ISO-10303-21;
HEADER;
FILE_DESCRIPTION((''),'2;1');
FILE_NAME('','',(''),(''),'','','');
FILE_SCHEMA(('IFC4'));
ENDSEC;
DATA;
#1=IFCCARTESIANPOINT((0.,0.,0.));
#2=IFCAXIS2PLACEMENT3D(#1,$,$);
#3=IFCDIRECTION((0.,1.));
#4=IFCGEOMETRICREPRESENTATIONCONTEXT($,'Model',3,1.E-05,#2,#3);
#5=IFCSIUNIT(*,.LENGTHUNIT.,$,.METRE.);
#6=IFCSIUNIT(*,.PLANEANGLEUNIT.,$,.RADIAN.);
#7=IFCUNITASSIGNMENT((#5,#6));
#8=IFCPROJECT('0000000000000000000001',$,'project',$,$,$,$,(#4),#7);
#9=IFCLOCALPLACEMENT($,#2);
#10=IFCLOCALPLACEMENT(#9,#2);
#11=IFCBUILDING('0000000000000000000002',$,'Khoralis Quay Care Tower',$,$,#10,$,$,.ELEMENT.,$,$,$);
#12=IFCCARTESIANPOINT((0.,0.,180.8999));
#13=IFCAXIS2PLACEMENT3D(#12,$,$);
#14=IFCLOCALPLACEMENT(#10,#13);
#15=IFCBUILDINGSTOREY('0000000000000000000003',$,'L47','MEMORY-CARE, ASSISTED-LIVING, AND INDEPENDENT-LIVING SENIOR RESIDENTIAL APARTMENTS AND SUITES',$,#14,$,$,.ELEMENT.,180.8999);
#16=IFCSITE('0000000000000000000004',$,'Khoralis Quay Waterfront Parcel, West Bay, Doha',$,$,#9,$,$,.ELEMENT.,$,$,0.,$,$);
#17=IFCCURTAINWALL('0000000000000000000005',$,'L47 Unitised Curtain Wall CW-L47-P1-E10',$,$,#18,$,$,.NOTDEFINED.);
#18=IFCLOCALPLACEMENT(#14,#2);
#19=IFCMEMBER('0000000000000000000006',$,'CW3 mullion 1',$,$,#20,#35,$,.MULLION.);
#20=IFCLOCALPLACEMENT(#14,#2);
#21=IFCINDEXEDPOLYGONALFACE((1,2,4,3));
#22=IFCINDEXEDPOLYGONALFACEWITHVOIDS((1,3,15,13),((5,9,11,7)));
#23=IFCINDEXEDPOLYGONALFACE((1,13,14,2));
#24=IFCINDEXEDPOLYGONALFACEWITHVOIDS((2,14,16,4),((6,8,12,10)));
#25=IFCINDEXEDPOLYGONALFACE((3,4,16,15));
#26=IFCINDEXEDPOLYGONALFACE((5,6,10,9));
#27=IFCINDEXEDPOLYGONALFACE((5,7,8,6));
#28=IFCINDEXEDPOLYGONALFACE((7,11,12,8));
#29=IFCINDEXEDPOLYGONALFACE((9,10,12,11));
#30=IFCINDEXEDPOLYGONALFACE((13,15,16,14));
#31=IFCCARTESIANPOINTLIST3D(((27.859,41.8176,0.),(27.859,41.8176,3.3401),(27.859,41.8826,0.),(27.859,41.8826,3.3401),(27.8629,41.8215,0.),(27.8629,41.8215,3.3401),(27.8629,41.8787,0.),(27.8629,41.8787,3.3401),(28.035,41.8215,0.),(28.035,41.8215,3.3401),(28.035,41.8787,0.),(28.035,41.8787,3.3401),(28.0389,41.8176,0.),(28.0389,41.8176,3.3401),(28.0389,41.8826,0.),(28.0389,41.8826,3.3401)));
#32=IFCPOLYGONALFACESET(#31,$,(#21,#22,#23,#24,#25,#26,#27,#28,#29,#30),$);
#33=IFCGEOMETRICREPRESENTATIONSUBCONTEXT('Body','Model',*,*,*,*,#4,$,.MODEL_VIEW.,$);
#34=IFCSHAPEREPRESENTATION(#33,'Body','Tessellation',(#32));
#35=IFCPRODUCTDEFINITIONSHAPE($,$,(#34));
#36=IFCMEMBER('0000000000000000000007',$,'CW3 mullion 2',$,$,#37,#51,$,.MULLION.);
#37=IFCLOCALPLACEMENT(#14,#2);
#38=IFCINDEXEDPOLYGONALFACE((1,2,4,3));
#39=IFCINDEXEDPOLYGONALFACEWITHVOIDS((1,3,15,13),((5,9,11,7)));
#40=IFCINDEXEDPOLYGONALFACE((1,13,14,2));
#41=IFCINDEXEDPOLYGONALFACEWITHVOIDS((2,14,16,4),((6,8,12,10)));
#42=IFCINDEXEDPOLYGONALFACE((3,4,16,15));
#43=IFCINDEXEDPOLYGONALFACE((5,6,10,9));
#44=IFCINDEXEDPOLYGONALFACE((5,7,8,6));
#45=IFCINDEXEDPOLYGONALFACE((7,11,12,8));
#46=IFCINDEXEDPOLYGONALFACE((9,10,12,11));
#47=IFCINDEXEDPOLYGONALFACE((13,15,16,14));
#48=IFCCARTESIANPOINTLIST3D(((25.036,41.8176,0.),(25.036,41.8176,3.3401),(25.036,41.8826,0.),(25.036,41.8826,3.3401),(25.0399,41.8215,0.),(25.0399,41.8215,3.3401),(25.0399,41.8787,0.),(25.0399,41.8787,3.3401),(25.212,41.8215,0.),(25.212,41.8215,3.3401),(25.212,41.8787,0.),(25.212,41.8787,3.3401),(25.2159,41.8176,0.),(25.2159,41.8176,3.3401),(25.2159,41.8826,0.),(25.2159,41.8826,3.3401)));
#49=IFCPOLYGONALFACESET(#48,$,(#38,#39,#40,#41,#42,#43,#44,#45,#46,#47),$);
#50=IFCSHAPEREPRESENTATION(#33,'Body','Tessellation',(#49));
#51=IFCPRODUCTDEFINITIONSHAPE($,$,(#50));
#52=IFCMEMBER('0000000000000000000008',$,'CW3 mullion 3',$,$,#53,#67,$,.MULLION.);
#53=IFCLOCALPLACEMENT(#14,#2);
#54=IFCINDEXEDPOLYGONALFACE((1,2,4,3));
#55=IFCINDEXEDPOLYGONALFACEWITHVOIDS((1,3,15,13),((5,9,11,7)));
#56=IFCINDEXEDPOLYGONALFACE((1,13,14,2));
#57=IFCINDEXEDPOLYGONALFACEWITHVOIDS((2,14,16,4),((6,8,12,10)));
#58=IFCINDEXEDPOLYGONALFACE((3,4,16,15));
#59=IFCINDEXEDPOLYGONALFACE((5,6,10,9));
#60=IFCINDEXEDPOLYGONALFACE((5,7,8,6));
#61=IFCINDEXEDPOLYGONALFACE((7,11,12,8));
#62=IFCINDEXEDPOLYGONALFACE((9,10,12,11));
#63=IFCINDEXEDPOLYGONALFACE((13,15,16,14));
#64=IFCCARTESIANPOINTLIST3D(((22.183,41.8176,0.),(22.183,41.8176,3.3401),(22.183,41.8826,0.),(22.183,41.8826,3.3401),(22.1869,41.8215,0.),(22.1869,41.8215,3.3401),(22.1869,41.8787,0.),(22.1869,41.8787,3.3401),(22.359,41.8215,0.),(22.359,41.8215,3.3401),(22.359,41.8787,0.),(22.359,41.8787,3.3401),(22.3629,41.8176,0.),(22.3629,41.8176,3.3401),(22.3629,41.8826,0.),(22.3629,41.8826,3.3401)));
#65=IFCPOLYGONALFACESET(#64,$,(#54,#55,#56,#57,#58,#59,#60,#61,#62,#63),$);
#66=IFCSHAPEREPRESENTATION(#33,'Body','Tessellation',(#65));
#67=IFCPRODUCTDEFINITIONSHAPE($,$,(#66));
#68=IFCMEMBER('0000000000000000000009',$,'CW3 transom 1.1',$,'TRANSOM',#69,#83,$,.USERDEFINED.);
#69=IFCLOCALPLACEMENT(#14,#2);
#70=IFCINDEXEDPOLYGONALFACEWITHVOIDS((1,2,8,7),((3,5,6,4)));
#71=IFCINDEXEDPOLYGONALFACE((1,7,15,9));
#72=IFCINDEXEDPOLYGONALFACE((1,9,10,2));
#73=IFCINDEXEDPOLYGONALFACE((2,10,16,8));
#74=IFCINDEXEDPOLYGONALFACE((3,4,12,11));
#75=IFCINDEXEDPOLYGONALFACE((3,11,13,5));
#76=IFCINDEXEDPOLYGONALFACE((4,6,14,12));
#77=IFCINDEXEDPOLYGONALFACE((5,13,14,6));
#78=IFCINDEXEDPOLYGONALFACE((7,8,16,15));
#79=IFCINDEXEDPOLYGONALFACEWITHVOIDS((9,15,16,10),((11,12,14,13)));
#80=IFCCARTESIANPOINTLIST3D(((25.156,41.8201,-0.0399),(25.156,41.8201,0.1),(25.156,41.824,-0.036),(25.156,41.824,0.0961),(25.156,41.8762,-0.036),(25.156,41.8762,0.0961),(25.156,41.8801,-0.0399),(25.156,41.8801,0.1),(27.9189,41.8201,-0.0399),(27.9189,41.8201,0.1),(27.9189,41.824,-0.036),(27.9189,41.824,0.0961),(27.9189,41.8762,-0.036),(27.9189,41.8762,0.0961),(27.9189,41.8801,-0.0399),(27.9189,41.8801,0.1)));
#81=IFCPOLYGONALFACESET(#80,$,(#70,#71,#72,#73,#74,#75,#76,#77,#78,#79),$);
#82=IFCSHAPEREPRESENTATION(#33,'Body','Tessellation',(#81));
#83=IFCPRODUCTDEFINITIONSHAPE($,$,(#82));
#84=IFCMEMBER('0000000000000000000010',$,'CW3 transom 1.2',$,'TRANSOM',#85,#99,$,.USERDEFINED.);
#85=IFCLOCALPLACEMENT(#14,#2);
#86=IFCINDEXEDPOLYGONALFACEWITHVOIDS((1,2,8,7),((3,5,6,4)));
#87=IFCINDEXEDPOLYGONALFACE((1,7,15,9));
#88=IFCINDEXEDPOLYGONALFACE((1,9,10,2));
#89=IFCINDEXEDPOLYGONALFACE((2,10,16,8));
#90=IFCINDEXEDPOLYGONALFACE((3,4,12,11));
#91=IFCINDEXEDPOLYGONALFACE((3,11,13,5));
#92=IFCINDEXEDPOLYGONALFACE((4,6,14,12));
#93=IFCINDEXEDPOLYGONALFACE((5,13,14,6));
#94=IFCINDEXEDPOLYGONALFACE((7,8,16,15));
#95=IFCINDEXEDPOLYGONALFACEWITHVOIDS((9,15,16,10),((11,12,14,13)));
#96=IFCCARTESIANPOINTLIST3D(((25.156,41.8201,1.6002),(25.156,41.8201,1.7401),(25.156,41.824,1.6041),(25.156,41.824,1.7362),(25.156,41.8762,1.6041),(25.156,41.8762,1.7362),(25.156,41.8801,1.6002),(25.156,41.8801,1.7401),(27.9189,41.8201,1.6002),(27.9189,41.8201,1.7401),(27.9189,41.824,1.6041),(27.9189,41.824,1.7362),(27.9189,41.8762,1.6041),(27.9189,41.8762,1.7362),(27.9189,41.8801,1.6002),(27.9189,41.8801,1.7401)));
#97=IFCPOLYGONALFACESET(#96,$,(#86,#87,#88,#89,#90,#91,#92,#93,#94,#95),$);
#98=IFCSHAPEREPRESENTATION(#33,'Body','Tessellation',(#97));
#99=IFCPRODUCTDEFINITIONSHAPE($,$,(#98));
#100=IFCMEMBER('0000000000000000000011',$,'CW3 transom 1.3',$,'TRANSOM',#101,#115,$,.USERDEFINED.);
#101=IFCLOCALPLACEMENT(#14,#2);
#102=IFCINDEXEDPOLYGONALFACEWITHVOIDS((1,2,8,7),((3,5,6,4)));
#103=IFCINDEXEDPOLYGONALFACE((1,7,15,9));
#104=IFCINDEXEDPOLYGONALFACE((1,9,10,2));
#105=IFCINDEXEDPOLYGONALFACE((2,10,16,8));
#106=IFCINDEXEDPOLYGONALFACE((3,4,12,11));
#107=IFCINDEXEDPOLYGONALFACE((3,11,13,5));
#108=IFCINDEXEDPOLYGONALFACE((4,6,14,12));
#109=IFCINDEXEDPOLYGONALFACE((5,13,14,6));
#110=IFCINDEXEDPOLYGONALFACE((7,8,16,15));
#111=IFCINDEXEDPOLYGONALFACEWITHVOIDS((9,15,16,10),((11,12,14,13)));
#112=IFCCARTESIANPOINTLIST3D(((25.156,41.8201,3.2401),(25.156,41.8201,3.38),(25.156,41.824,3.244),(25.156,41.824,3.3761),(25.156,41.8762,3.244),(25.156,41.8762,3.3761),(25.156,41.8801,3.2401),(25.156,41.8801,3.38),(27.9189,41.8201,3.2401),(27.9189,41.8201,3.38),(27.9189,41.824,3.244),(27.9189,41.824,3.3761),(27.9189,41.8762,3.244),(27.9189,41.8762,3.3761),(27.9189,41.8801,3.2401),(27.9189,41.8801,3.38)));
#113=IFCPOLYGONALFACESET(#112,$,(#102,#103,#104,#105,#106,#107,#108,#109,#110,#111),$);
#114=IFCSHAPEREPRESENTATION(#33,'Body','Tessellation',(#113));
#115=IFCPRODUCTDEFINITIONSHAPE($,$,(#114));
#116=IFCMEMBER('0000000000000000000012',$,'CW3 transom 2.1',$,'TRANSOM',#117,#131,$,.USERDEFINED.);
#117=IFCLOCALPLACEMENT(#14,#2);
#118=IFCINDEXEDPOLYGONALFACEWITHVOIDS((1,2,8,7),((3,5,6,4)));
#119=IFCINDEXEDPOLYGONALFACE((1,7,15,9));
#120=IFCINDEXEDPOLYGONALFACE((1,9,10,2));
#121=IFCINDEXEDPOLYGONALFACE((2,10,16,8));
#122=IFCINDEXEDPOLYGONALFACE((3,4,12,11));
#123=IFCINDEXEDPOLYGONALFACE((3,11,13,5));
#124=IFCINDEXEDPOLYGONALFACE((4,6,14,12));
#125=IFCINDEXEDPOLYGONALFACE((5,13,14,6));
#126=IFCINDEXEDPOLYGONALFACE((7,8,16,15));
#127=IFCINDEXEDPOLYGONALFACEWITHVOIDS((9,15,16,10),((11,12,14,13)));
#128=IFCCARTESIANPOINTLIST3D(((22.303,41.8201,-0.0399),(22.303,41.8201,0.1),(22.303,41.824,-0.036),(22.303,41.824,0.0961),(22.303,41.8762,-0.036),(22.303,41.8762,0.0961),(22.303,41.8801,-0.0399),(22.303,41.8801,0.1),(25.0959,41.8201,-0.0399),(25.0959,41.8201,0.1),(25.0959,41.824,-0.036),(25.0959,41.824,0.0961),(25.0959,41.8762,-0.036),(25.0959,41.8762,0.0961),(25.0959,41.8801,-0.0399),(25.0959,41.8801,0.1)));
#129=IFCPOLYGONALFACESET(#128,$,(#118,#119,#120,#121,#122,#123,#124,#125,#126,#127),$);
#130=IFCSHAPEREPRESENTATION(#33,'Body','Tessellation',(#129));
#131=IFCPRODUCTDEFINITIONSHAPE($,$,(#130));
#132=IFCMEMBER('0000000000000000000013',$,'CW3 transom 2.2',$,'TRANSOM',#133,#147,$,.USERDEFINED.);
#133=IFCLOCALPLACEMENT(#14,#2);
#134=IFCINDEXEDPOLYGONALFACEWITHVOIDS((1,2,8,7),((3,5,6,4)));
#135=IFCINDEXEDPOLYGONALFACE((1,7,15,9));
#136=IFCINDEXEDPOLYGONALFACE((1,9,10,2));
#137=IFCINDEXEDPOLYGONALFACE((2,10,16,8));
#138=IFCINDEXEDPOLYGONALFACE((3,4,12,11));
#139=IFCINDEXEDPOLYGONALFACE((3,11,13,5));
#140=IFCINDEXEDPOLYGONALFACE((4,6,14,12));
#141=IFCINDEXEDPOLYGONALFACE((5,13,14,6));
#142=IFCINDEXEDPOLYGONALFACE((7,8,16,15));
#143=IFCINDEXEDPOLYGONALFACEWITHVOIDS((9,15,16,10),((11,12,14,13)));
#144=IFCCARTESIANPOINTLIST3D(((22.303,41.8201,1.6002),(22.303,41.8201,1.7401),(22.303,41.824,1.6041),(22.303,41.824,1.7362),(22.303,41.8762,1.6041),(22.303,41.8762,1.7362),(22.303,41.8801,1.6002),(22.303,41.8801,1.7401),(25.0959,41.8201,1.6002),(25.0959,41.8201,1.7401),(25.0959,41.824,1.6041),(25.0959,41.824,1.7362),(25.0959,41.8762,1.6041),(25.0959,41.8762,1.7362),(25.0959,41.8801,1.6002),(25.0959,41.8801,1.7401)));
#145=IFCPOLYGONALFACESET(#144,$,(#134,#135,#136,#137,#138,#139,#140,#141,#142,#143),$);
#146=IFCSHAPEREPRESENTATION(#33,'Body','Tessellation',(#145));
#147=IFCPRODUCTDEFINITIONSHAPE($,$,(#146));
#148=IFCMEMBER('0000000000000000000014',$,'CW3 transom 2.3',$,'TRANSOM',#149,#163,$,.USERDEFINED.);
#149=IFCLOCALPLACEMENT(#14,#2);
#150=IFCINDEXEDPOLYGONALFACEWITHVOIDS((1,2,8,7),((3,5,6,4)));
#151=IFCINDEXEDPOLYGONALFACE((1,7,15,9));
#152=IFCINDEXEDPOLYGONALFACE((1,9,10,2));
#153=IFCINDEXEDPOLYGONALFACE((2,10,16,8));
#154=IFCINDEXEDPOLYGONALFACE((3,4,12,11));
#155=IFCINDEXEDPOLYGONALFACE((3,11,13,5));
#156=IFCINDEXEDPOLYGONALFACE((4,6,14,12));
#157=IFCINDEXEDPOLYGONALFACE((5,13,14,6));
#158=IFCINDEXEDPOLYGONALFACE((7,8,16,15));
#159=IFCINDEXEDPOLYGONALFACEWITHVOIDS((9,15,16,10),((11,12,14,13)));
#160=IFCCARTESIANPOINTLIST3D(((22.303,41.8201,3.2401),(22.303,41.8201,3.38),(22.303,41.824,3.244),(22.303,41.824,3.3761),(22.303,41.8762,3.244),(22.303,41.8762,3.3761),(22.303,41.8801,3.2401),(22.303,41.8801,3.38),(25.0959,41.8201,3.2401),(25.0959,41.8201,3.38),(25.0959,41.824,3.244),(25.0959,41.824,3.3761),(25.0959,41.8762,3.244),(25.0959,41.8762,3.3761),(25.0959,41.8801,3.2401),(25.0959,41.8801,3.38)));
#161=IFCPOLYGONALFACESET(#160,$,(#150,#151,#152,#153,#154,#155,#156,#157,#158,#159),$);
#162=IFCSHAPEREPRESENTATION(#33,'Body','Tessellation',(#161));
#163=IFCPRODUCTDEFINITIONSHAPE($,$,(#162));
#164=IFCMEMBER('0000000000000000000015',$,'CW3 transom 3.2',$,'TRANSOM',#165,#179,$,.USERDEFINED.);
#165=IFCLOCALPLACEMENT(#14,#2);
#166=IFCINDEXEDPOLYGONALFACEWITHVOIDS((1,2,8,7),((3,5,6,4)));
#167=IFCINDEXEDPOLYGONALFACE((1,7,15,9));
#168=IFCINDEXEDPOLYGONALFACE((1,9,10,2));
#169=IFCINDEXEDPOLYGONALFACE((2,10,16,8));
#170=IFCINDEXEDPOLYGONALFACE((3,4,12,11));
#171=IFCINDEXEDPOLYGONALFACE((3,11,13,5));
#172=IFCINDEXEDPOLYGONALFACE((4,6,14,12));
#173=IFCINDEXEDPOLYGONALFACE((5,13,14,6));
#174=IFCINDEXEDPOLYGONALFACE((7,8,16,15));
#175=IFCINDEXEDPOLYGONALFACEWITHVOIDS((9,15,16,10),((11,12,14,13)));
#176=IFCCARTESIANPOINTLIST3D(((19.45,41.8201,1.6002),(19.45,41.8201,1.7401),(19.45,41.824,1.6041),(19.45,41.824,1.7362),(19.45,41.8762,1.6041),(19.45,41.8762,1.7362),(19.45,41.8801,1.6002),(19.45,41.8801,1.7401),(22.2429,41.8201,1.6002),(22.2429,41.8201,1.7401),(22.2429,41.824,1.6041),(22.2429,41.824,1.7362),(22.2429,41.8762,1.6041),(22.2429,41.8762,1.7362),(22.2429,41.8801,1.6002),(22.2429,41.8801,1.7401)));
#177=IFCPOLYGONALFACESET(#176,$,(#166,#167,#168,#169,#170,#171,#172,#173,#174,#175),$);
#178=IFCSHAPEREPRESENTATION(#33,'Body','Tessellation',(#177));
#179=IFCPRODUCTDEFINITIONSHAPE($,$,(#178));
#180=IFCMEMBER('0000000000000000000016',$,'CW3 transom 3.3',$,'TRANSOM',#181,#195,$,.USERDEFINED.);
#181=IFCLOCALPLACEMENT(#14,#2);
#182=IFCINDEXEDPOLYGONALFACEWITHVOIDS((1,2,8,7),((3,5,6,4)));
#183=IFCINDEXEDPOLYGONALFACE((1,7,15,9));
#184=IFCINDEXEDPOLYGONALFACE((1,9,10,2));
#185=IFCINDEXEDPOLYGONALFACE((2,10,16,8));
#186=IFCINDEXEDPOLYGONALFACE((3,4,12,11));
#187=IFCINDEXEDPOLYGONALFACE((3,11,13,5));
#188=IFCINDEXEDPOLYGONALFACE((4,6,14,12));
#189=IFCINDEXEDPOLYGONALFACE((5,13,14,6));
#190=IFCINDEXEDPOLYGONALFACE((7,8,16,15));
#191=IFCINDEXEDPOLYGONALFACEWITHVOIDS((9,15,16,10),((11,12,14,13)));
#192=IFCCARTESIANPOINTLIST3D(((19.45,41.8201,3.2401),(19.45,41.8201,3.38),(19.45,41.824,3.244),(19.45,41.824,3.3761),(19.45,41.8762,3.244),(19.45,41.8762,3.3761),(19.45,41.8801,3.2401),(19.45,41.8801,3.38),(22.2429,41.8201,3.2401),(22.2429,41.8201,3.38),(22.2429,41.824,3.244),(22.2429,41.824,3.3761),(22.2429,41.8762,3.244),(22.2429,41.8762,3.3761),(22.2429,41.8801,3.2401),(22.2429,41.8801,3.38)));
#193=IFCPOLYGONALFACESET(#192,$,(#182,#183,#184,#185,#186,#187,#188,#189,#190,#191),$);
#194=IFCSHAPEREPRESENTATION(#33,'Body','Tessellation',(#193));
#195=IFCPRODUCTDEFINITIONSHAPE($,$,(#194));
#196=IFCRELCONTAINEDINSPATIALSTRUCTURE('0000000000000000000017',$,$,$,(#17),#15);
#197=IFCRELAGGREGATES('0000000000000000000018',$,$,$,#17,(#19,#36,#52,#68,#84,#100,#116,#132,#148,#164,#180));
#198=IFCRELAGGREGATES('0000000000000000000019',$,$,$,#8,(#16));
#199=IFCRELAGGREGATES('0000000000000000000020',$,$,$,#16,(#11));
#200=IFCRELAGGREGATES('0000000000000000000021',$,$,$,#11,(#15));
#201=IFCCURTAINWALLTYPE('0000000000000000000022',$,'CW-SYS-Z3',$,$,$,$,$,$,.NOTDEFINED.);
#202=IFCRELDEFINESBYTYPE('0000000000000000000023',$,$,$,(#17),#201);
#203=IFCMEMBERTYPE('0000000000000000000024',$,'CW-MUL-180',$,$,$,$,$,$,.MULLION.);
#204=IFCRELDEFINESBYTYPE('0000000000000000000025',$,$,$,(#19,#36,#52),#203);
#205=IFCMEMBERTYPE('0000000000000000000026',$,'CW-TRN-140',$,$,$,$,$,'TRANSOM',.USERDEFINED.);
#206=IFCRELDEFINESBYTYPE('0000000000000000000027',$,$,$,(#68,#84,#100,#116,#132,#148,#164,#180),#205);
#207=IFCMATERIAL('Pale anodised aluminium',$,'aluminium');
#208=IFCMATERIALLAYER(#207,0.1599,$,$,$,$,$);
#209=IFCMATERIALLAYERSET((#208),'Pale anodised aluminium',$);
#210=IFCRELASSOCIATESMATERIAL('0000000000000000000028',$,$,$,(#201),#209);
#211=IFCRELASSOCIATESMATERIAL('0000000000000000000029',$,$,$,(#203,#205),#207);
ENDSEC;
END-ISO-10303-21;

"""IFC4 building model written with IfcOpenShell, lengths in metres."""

from ifc_helpers import new_model, si_unit, direction, frame, origin, origin_2d, place, context, subcontext, project, spatial, hollow_rectangle, extrude, source, transform, mapped, material, layer, layer_set, material_profile, profile_set, type_object, element, aggregate, save


model = new_model("IFC4")

# Units and contexts
model_context = context("Model", 3, precision=1e-05, world=origin(), true_north=direction((0.0, 1.0)))
body_context = subcontext(model_context, "Body", "Model", "MODEL_VIEW")
ifc_project = project(units=[si_unit("LENGTHUNIT", "METRE"), si_unit("PLANEANGLEUNIT", "RADIAN")], contexts=[model_context])

# Site, building, storey
site_placement = place(None, origin())
site = spatial("IfcSite", under=ifc_project, at=site_placement, Name="Khoralis Quay Waterfront Parcel, West Bay, Doha", CompositionType="ELEMENT", RefElevation=0.0)
building_placement = place(site_placement, origin())
building = spatial("IfcBuilding", under=site, at=building_placement, Name="Khoralis Quay Care Tower", CompositionType="ELEMENT")
storey_placement = place(building_placement, frame((0.0, 0.0, 180.8999)))
storey = spatial("IfcBuildingStorey", under=building, at=storey_placement, Name="L47", Description="MEMORY-CARE, ASSISTED-LIVING, AND INDEPENDENT-LIVING SENIOR RESIDENTIAL APARTMENTS AND SUITES", CompositionType="ELEMENT", Elevation=180.8999)

# Curtain wall, members
ifc_material_1 = material(Name="Pale anodised aluminium", Category="aluminium")
ifc_layer_1 = layer(ifc_material_1, 0.1599)
ifc_layer_set_1 = layer_set([ifc_layer_1], Name="Pale anodised aluminium")
curtain_wall_type = type_object("IfcCurtainWallType", Name="CW-SYS-Z3", PredefinedType="NOTDEFINED", material=ifc_layer_set_1)
curtain_wall_placement = place(storey_placement, origin())
curtain_wall = element("IfcCurtainWall", 1, at=curtain_wall_placement, inside=storey, type_object=curtain_wall_type, Name="L47 Unitised Curtain Wall CW-L47-P1-E10", PredefinedType="NOTDEFINED")
ifc_material_profile_1 = material_profile(ifc_material_1, hollow_rectangle(XDim=0.0649, YDim=0.1799, WallThickness=0.0039, at=origin_2d()), Name="Pale anodised aluminium")
ifc_profile_set_1 = profile_set([ifc_material_profile_1], Name="Pale anodised aluminium")
member_type_1 = type_object("IfcMemberType", Name="CW-MUL-180", PredefinedType="MULLION", material=ifc_profile_set_1)
shared_shape_1 = source(origin(), body_context, "Body", "SweptSolid", [
    extrude(hollow_rectangle(XDim=0.0649, YDim=0.1799, WallThickness=0.0039, at=origin_2d()), origin(), (0.0, 0.0, 1.0), 3.3401),
])
member_1_placement = place(storey_placement, frame((27.949, 41.8501, 0.0), z_axis=(0.0, 0.0, 1.0), x_axis=(0.0, -1.0, 0.0)))
member_1 = element("IfcMember", 2, at=member_1_placement, type_object=member_type_1, Name="CW3 mullion 1", PredefinedType="MULLION", context=body_context, shape_type="MappedRepresentation", body=[
    mapped(shared_shape_1, transform((0.0, 0.0, 0.0), scale=1.0)),
])
member_2_placement = place(storey_placement, frame((25.126, 41.8501, 0.0), z_axis=(0.0, 0.0, 1.0), x_axis=(0.0, -1.0, 0.0)))
member_2 = element("IfcMember", 3, at=member_2_placement, type_object=member_type_1, Name="CW3 mullion 2", PredefinedType="MULLION", context=body_context, shape_type="MappedRepresentation", body=[
    mapped(shared_shape_1, transform((0.0, 0.0, 0.0), scale=1.0)),
])
member_3_placement = place(storey_placement, frame((22.2729, 41.8501, 0.0), z_axis=(0.0, 0.0, 1.0), x_axis=(0.0, -1.0, 0.0)))
member_3 = element("IfcMember", 4, at=member_3_placement, type_object=member_type_1, Name="CW3 mullion 3", PredefinedType="MULLION", context=body_context, shape_type="MappedRepresentation", body=[
    mapped(shared_shape_1, transform((0.0, 0.0, 0.0), scale=1.0)),
])
ifc_material_profile_2 = material_profile(ifc_material_1, hollow_rectangle(XDim=0.0601, YDim=0.1399, WallThickness=0.0039, at=origin_2d()), Name="Pale anodised aluminium")
ifc_profile_set_2 = profile_set([ifc_material_profile_2], Name="Pale anodised aluminium")
member_type_2 = type_object("IfcMemberType", Name="CW-TRN-140", ElementType="TRANSOM", PredefinedType="USERDEFINED", material=ifc_profile_set_2)
shared_shape_2 = source(origin(), body_context, "Body", "SweptSolid", [
    extrude(hollow_rectangle(XDim=0.0601, YDim=0.1399, WallThickness=0.0039, at=origin_2d()), origin(), (0.0, 0.0, 1.0), 2.7629),
])
member_4_placement = place(storey_placement, frame((27.9189, 41.8501, 0.03), z_axis=(-1.0, 0.0, 0.0), x_axis=(0.0, -1.0, 0.0)))
member_4 = element("IfcMember", 5, at=member_4_placement, type_object=member_type_2, Name="CW3 transom 1.1", ObjectType="TRANSOM", PredefinedType="USERDEFINED", context=body_context, shape_type="MappedRepresentation", body=[
    mapped(shared_shape_2, transform((0.0, 0.0, 0.0), scale=1.0)),
])
member_5_placement = place(storey_placement, frame((27.9189, 41.8501, 1.6702), z_axis=(-1.0, 0.0, 0.0), x_axis=(0.0, -1.0, 0.0)))
member_5 = element("IfcMember", 6, at=member_5_placement, type_object=member_type_2, Name="CW3 transom 1.2", ObjectType="TRANSOM", PredefinedType="USERDEFINED", context=body_context, shape_type="MappedRepresentation", body=[
    mapped(shared_shape_2, transform((0.0, 0.0, 0.0), scale=1.0)),
])
member_6_placement = place(storey_placement, frame((27.9189, 41.8501, 3.3101), z_axis=(-1.0, 0.0, 0.0), x_axis=(0.0, -1.0, 0.0)))
member_6 = element("IfcMember", 7, at=member_6_placement, type_object=member_type_2, Name="CW3 transom 1.3", ObjectType="TRANSOM", PredefinedType="USERDEFINED", context=body_context, shape_type="MappedRepresentation", body=[
    mapped(shared_shape_2, transform((0.0, 0.0, 0.0), scale=1.0)),
])
shared_shape_3 = source(origin(), body_context, "Body", "SweptSolid", [
    extrude(hollow_rectangle(XDim=0.0601, YDim=0.1399, WallThickness=0.0039, at=origin_2d()), origin(), (0.0, 0.0, 1.0), 2.793),
])
member_7_placement = place(storey_placement, frame((25.0959, 41.8501, 0.03), z_axis=(-1.0, 0.0, 0.0), x_axis=(0.0, -1.0, 0.0)))
member_7 = element("IfcMember", 8, at=member_7_placement, type_object=member_type_2, Name="CW3 transom 2.1", ObjectType="TRANSOM", PredefinedType="USERDEFINED", context=body_context, shape_type="MappedRepresentation", body=[
    mapped(shared_shape_3, transform((0.0, 0.0, 0.0), scale=1.0)),
])
member_8_placement = place(storey_placement, frame((25.0959, 41.8501, 1.6702), z_axis=(-1.0, 0.0, 0.0), x_axis=(0.0, -1.0, 0.0)))
member_8 = element("IfcMember", 9, at=member_8_placement, type_object=member_type_2, Name="CW3 transom 2.2", ObjectType="TRANSOM", PredefinedType="USERDEFINED", context=body_context, shape_type="MappedRepresentation", body=[
    mapped(shared_shape_3, transform((0.0, 0.0, 0.0), scale=1.0)),
])
member_9_placement = place(storey_placement, frame((25.0959, 41.8501, 3.3101), z_axis=(-1.0, 0.0, 0.0), x_axis=(0.0, -1.0, 0.0)))
member_9 = element("IfcMember", 10, at=member_9_placement, type_object=member_type_2, Name="CW3 transom 2.3", ObjectType="TRANSOM", PredefinedType="USERDEFINED", context=body_context, shape_type="MappedRepresentation", body=[
    mapped(shared_shape_3, transform((0.0, 0.0, 0.0), scale=1.0)),
])
member_10_placement = place(storey_placement, frame((22.2429, 41.8501, 1.6702), z_axis=(-1.0, 0.0, 0.0), x_axis=(0.0, -1.0, 0.0)))
member_10 = element("IfcMember", 11, at=member_10_placement, type_object=member_type_2, Name="CW3 transom 3.2", ObjectType="TRANSOM", PredefinedType="USERDEFINED", context=body_context, shape_type="MappedRepresentation", body=[
    mapped(shared_shape_3, transform((0.0, 0.0, 0.0), scale=1.0)),
])
member_11_placement = place(storey_placement, frame((22.2429, 41.8501, 3.3101), z_axis=(-1.0, 0.0, 0.0), x_axis=(0.0, -1.0, 0.0)))
member_11 = element("IfcMember", 12, at=member_11_placement, type_object=member_type_2, Name="CW3 transom 3.3", ObjectType="TRANSOM", PredefinedType="USERDEFINED", context=body_context, shape_type="MappedRepresentation", body=[
    mapped(shared_shape_3, transform((0.0, 0.0, 0.0), scale=1.0)),
])
aggregate(curtain_wall, [member_1, member_2, member_3, member_4, member_5, member_6, member_7, member_8, member_9, member_10, member_11])

save(model, "model.ifc")
